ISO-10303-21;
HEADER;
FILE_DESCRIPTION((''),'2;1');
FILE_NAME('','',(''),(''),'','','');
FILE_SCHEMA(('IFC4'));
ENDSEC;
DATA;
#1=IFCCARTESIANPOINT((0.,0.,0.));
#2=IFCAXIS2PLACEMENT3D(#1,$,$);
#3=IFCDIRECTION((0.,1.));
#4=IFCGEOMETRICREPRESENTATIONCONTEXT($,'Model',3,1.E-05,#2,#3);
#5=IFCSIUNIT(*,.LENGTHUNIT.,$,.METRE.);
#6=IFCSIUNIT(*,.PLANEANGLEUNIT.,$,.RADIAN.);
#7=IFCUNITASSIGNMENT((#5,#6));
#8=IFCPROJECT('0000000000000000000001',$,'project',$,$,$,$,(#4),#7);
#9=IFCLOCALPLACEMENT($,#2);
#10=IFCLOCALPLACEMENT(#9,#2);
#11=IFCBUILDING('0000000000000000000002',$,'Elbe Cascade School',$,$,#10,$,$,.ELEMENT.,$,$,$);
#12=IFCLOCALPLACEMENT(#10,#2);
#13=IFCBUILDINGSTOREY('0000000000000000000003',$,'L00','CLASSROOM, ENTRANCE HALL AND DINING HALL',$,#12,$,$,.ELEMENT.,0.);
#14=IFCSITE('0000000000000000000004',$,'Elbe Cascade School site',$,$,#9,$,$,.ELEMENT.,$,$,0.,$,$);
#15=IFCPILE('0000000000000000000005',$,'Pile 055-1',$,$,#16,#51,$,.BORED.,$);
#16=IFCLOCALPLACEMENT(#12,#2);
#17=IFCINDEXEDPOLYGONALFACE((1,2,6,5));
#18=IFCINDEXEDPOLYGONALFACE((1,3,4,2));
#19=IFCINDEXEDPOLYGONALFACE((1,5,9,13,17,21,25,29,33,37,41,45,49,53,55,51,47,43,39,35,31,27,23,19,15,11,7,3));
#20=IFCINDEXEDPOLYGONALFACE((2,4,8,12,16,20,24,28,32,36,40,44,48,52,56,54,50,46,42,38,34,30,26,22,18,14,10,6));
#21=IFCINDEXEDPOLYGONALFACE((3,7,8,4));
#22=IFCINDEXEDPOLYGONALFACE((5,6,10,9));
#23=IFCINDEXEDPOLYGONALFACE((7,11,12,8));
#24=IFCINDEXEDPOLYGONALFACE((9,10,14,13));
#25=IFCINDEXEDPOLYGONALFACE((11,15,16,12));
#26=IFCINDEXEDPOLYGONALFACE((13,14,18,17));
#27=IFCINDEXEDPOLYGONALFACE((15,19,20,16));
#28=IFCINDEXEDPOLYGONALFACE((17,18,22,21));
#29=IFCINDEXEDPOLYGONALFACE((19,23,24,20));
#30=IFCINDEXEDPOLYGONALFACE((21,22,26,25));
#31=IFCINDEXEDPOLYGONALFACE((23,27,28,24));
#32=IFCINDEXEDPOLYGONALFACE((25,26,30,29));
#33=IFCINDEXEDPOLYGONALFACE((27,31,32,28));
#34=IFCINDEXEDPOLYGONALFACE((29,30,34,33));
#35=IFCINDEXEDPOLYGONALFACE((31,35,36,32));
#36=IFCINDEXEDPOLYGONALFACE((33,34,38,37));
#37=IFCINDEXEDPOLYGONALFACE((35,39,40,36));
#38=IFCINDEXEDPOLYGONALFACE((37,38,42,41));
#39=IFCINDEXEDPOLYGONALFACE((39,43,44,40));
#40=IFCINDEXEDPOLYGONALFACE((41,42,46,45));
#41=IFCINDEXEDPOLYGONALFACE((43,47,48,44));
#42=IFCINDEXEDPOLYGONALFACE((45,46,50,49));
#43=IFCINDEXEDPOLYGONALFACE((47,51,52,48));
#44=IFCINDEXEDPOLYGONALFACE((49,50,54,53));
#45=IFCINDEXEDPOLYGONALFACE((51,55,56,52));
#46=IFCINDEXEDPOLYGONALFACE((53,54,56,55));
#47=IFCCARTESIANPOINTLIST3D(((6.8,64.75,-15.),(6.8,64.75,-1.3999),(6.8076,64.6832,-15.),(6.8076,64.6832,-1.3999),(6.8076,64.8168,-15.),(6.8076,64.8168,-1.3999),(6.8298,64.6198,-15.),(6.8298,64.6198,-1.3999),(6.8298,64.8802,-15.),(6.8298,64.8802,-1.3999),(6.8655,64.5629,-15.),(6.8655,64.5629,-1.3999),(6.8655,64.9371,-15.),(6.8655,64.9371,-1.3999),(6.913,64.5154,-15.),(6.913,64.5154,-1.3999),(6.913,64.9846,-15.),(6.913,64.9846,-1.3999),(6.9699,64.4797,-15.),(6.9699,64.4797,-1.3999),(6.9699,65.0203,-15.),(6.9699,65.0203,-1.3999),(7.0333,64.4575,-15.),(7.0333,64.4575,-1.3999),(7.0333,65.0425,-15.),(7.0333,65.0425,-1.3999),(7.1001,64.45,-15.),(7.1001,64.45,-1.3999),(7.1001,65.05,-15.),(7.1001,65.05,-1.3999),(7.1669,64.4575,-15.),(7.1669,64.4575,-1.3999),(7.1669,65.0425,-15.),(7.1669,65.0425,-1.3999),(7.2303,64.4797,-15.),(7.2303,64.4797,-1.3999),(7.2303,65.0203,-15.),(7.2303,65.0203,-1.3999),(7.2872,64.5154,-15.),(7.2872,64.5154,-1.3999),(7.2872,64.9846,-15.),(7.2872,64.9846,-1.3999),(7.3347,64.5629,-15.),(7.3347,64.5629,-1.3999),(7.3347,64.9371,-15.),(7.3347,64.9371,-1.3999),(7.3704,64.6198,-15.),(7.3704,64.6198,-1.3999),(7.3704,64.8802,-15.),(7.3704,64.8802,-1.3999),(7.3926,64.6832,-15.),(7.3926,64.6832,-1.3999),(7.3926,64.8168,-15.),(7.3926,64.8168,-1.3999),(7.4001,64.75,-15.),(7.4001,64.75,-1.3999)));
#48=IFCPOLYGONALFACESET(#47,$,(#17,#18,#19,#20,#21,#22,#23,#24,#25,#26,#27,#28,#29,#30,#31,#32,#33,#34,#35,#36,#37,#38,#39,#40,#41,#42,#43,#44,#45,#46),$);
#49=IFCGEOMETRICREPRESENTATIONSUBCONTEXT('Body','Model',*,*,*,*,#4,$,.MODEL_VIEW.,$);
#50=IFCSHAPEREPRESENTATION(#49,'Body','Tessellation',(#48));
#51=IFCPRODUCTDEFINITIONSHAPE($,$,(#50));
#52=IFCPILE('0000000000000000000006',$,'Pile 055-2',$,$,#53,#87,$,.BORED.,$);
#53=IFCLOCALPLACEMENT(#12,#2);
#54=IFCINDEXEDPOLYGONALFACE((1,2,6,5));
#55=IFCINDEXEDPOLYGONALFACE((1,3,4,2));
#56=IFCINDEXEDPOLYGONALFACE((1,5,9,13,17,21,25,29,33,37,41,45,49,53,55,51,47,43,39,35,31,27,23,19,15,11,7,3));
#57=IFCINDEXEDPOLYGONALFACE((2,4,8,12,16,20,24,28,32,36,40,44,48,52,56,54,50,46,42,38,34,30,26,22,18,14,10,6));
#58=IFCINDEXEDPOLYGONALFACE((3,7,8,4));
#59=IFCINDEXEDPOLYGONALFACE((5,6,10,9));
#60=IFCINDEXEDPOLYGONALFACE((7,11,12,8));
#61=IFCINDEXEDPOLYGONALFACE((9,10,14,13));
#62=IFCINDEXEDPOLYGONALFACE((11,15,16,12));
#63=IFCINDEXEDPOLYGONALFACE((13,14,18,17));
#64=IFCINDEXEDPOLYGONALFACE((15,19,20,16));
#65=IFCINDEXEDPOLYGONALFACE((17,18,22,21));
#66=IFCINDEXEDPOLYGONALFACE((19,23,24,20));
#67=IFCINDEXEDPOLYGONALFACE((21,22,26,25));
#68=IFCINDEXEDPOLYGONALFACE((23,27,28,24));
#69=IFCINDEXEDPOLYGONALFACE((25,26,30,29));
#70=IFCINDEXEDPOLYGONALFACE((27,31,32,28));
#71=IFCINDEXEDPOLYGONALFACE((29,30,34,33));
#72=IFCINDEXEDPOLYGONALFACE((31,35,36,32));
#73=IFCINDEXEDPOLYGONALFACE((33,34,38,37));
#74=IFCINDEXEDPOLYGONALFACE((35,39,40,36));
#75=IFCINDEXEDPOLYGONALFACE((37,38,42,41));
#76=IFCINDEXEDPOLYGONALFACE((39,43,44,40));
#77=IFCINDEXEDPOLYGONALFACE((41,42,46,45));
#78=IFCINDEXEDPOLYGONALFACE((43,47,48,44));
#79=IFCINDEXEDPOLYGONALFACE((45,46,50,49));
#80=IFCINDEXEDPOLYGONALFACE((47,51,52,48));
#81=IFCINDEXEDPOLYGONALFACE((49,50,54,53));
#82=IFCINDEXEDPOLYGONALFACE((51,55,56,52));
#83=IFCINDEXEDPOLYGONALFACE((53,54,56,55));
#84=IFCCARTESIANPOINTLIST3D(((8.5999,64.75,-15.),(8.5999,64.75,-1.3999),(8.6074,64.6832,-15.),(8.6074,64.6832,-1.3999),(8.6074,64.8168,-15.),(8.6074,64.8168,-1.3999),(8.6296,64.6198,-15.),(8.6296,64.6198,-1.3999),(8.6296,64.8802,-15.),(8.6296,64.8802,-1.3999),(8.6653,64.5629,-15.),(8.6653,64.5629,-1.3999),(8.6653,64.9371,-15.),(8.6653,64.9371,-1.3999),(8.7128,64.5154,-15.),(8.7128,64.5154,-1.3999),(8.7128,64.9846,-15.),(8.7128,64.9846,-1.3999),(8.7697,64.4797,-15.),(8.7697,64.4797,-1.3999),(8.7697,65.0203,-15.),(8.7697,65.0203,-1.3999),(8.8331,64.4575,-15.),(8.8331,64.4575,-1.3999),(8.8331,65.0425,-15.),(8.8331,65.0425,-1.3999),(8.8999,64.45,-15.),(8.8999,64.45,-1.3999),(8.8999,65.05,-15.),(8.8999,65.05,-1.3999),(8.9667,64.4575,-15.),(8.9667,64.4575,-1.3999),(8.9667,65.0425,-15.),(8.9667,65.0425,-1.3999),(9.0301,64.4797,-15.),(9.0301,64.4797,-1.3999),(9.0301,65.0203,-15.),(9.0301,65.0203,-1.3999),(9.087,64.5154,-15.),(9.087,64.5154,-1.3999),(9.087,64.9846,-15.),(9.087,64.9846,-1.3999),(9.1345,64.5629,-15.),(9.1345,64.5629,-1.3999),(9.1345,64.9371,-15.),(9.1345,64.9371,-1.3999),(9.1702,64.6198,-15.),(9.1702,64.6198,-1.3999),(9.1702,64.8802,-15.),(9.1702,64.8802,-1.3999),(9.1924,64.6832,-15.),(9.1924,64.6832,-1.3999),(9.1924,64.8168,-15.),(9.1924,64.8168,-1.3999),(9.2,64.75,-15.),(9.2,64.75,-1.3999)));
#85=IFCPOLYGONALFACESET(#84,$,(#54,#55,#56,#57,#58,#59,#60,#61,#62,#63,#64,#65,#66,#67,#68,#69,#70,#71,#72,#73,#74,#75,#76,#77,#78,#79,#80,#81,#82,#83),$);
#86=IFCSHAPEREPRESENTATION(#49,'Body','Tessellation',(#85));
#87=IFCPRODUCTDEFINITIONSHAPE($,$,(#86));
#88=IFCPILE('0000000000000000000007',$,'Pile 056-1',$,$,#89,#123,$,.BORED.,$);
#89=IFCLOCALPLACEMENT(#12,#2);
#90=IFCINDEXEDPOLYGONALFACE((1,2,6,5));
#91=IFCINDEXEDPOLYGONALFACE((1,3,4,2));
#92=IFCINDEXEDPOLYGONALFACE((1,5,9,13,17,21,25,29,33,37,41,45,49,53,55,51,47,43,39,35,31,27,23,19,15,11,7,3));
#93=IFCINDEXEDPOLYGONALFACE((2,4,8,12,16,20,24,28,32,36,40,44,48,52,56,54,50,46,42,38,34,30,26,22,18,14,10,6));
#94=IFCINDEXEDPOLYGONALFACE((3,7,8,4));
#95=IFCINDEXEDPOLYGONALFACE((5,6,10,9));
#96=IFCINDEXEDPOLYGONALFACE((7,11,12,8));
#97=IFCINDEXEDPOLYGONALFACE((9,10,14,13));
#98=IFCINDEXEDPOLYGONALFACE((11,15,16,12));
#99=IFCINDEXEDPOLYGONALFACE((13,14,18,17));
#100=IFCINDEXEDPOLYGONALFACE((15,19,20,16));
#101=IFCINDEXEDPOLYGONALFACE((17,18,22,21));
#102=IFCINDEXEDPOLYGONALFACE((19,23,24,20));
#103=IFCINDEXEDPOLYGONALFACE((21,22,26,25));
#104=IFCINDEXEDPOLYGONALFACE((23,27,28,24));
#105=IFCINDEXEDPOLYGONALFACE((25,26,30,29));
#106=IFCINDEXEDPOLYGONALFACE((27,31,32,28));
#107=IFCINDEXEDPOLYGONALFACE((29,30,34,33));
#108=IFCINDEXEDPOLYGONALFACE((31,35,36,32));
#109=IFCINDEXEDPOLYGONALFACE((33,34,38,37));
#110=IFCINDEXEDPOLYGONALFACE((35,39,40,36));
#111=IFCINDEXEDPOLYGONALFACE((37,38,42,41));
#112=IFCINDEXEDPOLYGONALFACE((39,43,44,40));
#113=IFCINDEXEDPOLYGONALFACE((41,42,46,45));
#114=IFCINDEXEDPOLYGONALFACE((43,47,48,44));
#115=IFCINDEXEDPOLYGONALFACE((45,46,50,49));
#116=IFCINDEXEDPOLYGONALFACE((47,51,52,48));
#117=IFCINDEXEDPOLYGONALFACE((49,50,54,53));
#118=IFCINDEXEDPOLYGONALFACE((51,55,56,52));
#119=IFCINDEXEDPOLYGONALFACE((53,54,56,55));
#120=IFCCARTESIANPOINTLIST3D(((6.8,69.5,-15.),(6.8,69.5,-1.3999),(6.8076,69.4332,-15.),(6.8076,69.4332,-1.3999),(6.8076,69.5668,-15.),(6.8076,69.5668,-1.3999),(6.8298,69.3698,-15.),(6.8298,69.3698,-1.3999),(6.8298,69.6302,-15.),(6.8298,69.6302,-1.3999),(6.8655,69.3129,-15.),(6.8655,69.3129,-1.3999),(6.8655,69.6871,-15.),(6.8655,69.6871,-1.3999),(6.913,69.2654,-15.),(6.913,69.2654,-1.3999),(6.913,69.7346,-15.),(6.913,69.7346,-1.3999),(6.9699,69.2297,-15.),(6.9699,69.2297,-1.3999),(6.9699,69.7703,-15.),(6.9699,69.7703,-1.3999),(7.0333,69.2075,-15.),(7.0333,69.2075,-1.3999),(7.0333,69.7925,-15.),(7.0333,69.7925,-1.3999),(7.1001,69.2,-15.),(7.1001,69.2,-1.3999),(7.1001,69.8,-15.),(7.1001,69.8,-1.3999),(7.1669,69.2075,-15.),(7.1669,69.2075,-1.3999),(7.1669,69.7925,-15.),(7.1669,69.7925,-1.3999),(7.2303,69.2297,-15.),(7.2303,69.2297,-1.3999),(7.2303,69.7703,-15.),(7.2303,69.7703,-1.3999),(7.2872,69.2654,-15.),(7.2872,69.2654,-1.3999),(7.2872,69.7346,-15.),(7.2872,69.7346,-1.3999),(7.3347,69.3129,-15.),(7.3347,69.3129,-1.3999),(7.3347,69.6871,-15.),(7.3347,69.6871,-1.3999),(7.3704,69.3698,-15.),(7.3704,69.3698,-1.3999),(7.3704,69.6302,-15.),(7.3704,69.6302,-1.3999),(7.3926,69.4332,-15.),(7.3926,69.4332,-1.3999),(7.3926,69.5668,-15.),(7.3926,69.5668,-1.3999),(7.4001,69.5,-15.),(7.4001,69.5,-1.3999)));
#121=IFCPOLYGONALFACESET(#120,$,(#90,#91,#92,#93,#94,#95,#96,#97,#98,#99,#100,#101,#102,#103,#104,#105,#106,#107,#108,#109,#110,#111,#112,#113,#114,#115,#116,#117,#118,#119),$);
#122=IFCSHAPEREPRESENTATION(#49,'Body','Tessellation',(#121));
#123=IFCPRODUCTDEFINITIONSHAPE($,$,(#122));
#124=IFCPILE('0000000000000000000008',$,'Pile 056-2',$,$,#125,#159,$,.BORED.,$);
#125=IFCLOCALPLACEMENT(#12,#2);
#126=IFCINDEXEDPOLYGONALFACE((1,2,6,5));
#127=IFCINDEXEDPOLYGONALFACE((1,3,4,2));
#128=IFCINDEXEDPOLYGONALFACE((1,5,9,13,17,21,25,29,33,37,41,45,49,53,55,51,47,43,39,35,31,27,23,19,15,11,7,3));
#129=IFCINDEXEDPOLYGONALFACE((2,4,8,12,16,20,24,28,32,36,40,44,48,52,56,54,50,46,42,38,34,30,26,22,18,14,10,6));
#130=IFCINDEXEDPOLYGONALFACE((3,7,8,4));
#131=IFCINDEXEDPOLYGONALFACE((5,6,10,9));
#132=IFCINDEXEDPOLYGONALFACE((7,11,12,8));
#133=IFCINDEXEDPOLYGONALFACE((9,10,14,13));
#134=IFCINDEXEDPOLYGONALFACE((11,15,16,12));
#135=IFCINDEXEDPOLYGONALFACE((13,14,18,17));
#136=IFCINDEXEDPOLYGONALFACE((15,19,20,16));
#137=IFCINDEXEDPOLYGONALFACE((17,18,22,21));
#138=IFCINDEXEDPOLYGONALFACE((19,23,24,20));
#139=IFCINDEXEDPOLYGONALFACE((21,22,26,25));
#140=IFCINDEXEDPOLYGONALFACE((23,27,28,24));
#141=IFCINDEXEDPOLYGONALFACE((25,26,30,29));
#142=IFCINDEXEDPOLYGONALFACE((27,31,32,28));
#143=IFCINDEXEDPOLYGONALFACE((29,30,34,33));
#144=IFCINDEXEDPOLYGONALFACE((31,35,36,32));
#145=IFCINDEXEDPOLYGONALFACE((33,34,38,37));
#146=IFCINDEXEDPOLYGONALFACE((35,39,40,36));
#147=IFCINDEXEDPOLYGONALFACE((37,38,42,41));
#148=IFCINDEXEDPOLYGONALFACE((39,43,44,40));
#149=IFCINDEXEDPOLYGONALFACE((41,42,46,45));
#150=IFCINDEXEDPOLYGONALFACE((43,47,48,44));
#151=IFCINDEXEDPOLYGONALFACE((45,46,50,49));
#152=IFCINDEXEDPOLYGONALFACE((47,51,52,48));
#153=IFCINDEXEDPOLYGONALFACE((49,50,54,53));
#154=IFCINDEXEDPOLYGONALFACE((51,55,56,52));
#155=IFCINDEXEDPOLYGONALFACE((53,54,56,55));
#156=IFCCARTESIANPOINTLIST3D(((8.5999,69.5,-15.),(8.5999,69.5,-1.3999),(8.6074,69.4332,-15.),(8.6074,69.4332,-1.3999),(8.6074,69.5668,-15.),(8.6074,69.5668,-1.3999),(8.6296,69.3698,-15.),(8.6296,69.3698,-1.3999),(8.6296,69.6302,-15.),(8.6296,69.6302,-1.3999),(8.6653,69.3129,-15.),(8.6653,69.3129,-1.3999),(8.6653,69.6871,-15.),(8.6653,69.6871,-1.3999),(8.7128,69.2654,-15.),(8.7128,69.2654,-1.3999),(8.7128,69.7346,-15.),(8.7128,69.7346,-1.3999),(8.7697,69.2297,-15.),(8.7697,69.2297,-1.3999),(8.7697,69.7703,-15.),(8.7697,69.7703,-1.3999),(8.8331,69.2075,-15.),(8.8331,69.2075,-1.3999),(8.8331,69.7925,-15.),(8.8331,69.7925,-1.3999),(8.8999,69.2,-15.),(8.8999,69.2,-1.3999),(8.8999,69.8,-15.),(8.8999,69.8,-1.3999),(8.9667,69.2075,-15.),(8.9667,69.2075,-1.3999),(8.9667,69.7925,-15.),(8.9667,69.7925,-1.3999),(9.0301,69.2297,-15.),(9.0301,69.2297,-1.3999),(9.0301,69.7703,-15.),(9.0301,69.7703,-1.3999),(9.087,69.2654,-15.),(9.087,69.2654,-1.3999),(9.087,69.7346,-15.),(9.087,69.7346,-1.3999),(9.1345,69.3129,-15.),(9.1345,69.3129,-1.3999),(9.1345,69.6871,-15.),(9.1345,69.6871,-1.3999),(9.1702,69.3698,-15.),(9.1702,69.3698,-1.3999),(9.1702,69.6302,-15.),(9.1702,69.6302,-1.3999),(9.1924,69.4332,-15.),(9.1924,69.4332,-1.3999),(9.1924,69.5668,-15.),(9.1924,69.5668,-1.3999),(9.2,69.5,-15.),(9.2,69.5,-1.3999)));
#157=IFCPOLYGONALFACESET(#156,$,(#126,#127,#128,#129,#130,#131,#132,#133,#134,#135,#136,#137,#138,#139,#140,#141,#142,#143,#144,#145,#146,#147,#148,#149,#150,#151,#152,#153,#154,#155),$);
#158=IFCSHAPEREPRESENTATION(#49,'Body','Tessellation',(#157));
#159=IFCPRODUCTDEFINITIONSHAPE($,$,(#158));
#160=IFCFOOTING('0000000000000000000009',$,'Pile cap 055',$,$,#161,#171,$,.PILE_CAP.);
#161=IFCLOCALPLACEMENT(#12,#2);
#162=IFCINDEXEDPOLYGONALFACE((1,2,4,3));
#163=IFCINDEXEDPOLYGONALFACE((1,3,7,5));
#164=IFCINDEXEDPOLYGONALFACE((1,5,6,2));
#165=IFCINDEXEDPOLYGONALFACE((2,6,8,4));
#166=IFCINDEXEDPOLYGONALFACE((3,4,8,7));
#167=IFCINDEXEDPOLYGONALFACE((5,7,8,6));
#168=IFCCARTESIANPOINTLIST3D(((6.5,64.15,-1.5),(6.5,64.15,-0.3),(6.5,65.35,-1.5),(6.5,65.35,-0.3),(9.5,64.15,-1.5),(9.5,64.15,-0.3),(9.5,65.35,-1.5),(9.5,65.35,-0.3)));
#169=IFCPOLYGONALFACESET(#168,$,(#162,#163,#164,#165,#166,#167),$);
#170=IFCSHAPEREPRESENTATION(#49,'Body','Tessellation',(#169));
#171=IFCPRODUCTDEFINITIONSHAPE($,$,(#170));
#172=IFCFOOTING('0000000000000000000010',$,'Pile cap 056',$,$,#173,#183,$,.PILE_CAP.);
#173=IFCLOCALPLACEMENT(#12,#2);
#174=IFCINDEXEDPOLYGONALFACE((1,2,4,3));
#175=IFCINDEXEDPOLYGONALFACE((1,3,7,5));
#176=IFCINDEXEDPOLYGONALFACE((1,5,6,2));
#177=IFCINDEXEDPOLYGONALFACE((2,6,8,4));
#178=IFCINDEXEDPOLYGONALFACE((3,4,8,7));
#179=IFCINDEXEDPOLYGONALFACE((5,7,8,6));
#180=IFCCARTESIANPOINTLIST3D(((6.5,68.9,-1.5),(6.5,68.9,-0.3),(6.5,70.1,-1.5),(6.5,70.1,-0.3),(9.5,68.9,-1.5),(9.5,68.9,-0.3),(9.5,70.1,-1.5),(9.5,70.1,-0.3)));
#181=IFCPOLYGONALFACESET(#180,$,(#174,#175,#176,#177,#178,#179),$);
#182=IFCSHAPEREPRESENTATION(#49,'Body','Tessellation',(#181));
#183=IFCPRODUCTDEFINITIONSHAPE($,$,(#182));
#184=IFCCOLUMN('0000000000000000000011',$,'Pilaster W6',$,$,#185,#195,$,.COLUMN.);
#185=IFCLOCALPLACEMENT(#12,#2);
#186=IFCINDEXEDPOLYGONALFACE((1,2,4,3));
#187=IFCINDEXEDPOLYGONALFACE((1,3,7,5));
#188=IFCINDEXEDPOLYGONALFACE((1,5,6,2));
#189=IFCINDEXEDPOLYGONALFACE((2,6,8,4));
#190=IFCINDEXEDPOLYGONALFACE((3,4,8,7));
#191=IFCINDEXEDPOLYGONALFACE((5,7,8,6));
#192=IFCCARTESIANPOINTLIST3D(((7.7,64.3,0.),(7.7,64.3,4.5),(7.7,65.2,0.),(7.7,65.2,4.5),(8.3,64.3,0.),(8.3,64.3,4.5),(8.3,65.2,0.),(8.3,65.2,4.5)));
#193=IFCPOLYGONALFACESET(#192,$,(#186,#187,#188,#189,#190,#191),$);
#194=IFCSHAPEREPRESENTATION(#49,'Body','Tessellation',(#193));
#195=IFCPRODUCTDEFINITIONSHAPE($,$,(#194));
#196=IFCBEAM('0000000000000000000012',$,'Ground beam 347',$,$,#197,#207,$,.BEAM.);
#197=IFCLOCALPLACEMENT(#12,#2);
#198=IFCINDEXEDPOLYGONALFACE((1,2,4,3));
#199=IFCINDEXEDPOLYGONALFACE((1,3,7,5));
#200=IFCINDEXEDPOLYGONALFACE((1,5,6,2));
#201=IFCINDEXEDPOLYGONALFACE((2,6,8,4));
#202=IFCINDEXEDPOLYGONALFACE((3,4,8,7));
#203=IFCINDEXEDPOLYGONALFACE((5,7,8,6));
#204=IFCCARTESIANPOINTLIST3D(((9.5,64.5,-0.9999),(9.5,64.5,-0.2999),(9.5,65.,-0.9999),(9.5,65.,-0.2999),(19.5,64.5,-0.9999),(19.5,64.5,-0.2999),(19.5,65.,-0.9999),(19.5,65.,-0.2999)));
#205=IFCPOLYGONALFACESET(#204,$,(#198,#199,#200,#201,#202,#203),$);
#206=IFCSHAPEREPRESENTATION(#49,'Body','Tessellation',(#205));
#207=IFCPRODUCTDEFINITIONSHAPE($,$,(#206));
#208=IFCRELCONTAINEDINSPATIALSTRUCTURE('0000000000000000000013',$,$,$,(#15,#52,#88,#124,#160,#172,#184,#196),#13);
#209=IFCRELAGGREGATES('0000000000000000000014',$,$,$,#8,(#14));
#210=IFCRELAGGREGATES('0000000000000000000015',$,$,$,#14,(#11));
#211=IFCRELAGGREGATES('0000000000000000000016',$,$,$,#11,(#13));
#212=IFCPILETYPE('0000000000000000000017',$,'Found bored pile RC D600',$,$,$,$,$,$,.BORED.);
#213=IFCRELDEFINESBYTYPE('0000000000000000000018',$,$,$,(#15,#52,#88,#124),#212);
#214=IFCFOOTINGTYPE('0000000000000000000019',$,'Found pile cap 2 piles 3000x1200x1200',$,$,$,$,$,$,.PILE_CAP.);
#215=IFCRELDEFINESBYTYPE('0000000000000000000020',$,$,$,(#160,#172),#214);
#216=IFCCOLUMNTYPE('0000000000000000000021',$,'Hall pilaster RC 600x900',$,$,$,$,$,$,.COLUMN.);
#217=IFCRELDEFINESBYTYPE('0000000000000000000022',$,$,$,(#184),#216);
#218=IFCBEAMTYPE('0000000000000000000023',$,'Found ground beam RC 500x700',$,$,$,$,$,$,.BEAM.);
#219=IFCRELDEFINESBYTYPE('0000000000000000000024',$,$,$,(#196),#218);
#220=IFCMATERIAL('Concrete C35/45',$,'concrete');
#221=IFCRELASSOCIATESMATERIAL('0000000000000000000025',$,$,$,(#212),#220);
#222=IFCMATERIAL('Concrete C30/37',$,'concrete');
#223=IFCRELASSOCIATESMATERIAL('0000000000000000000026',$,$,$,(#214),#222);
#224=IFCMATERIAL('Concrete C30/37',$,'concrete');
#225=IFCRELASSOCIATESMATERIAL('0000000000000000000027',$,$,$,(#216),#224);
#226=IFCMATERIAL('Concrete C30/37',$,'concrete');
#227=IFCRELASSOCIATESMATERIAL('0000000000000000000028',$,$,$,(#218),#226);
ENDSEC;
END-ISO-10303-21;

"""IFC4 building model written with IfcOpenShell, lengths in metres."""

from ifc_helpers import new_model, si_unit, direction, frame, origin, origin_2d, place, context, subcontext, project, spatial, rectangle, circle, extrude, material, material_profile, profile_set, type_object, element, save


model = new_model("IFC4")

# Units and contexts
model_context = context("Model", 3, precision=1e-05, world=origin(), true_north=direction((0.0, 1.0)))
body_context = subcontext(model_context, "Body", "Model", "MODEL_VIEW")
ifc_project = project(units=[si_unit("LENGTHUNIT", "METRE"), si_unit("PLANEANGLEUNIT", "RADIAN")], contexts=[model_context])

# Site, building, storey
site_placement = place(None, origin())
site = spatial("IfcSite", under=ifc_project, at=site_placement, Name="Elbe Cascade School site", CompositionType="ELEMENT", RefElevation=0.0)
building_placement = place(site_placement, origin())
building = spatial("IfcBuilding", under=site, at=building_placement, Name="Elbe Cascade School", CompositionType="ELEMENT")
storey_placement = place(building_placement, origin())
storey = spatial("IfcBuildingStorey", under=building, at=storey_placement, Name="L00", Description="CLASSROOM, ENTRANCE HALL AND DINING HALL", CompositionType="ELEMENT", Elevation=0.0)

# Piles
ifc_material_1 = material(Name="Concrete C35/45", Category="concrete")
ifc_material_profile_1 = material_profile(ifc_material_1, circle(Radius=0.3, at=origin_2d()), Name="RC D600")
ifc_profile_set_1 = profile_set([ifc_material_profile_1], Name="Concrete C35/45")
pile_type = type_object("IfcPileType", Name="Found bored pile RC D600", PredefinedType="BORED", material=ifc_profile_set_1)
for number, where, z_axis, x_axis, name in (
    (1, (7.1001, 64.75, -1.3999), (0.0, 0.0, -1.0), (1.0, 0.0, 0.0), "Pile 055-1"),
    (2, (8.8999, 64.75, -1.3999), (0.0, 0.0, -1.0), (1.0, 0.0, 0.0), "Pile 055-2"),
    (3, (7.1001, 69.5, -1.3999), (0.0, 0.0, -1.0), (1.0, 0.0, 0.0), "Pile 056-1"),
    (4, (8.8999, 69.5, -1.3999), (0.0, 0.0, -1.0), (1.0, 0.0, 0.0), "Pile 056-2"),
):
    element("IfcPile", number, at=place(storey_placement, frame(where, z_axis=z_axis, x_axis=x_axis)), inside=storey, type_object=pile_type, Name=name, PredefinedType="BORED", context=body_context, shape_type="SweptSolid", body=[
        extrude(circle(Radius=0.3, at=origin_2d()), origin(), (0.0, 0.0, 1.0), 13.6001),
    ])

# Footings
ifc_material_2 = material(Name="Concrete C30/37", Category="concrete")
footing_type = type_object("IfcFootingType", Name="Found pile cap 2 piles 3000x1200x1200", PredefinedType="PILE_CAP", material=ifc_material_2)
for number, where, z_axis, x_axis, name in (
    (5, (8.0, 64.75, -1.5), (0.0, 0.0, 1.0), (1.0, 0.0, 0.0), "Pile cap 055"),
    (6, (8.0, 69.5, -1.5), (0.0, 0.0, 1.0), (1.0, 0.0, 0.0), "Pile cap 056"),
):
    element("IfcFooting", number, at=place(storey_placement, frame(where, z_axis=z_axis, x_axis=x_axis)), inside=storey, type_object=footing_type, Name=name, PredefinedType="PILE_CAP", context=body_context, shape_type="SweptSolid", body=[
        extrude(rectangle(XDim=3.0, YDim=1.2, at=origin_2d()), origin(), (0.0, 0.0, 1.0), 1.2),
    ])

# Column
ifc_material_3 = material(Name="Concrete C30/37", Category="concrete")
ifc_material_profile_2 = material_profile(ifc_material_3, rectangle(XDim=0.6001, YDim=0.8999, at=origin_2d()), Name="RC 600x900")
ifc_profile_set_2 = profile_set([ifc_material_profile_2], Name="Concrete C30/37")
column_type = type_object("IfcColumnType", Name="Hall pilaster RC 600x900", PredefinedType="COLUMN", material=ifc_profile_set_2)
column_placement = place(storey_placement, frame((8.0, 64.75, 0.0), z_axis=(0.0, 0.0, 1.0), x_axis=(1.0, 0.0, 0.0)))
element("IfcColumn", 7, at=column_placement, inside=storey, type_object=column_type, Name="Pilaster W6", PredefinedType="COLUMN", context=body_context, shape_type="SweptSolid", body=[
    extrude(rectangle(XDim=0.6001, YDim=0.8999, at=origin_2d()), origin(), (0.0, 0.0, 1.0), 4.5),
])

# Beam
ifc_material_4 = material(Name="Concrete C30/37", Category="concrete")
ifc_material_profile_3 = material_profile(ifc_material_4, rectangle(XDim=0.5, YDim=0.7, at=origin_2d()), Name="RC 500x700")
ifc_profile_set_3 = profile_set([ifc_material_profile_3], Name="Concrete C30/37")
beam_type_1 = type_object("IfcBeamType", Name="Found ground beam RC 500x700", PredefinedType="BEAM", material=ifc_profile_set_3)
for number, where, z_axis, x_axis, name in (
    (8, (9.5, 64.75, -0.6499), (1.0, 0.0, 0.0), (0.0, 1.0, 0.0), "Ground beam 347"),
):
    element("IfcBeam", number, at=place(storey_placement, frame(where, z_axis=z_axis, x_axis=x_axis)), inside=storey, type_object=beam_type_1, Name=name, PredefinedType="BEAM", context=body_context, shape_type="SweptSolid", body=[
        extrude(rectangle(XDim=0.5, YDim=0.7, at=origin_2d()), origin(), (0.0, 0.0, 1.0), 10.0),
    ])

save(model, "model.ifc")
